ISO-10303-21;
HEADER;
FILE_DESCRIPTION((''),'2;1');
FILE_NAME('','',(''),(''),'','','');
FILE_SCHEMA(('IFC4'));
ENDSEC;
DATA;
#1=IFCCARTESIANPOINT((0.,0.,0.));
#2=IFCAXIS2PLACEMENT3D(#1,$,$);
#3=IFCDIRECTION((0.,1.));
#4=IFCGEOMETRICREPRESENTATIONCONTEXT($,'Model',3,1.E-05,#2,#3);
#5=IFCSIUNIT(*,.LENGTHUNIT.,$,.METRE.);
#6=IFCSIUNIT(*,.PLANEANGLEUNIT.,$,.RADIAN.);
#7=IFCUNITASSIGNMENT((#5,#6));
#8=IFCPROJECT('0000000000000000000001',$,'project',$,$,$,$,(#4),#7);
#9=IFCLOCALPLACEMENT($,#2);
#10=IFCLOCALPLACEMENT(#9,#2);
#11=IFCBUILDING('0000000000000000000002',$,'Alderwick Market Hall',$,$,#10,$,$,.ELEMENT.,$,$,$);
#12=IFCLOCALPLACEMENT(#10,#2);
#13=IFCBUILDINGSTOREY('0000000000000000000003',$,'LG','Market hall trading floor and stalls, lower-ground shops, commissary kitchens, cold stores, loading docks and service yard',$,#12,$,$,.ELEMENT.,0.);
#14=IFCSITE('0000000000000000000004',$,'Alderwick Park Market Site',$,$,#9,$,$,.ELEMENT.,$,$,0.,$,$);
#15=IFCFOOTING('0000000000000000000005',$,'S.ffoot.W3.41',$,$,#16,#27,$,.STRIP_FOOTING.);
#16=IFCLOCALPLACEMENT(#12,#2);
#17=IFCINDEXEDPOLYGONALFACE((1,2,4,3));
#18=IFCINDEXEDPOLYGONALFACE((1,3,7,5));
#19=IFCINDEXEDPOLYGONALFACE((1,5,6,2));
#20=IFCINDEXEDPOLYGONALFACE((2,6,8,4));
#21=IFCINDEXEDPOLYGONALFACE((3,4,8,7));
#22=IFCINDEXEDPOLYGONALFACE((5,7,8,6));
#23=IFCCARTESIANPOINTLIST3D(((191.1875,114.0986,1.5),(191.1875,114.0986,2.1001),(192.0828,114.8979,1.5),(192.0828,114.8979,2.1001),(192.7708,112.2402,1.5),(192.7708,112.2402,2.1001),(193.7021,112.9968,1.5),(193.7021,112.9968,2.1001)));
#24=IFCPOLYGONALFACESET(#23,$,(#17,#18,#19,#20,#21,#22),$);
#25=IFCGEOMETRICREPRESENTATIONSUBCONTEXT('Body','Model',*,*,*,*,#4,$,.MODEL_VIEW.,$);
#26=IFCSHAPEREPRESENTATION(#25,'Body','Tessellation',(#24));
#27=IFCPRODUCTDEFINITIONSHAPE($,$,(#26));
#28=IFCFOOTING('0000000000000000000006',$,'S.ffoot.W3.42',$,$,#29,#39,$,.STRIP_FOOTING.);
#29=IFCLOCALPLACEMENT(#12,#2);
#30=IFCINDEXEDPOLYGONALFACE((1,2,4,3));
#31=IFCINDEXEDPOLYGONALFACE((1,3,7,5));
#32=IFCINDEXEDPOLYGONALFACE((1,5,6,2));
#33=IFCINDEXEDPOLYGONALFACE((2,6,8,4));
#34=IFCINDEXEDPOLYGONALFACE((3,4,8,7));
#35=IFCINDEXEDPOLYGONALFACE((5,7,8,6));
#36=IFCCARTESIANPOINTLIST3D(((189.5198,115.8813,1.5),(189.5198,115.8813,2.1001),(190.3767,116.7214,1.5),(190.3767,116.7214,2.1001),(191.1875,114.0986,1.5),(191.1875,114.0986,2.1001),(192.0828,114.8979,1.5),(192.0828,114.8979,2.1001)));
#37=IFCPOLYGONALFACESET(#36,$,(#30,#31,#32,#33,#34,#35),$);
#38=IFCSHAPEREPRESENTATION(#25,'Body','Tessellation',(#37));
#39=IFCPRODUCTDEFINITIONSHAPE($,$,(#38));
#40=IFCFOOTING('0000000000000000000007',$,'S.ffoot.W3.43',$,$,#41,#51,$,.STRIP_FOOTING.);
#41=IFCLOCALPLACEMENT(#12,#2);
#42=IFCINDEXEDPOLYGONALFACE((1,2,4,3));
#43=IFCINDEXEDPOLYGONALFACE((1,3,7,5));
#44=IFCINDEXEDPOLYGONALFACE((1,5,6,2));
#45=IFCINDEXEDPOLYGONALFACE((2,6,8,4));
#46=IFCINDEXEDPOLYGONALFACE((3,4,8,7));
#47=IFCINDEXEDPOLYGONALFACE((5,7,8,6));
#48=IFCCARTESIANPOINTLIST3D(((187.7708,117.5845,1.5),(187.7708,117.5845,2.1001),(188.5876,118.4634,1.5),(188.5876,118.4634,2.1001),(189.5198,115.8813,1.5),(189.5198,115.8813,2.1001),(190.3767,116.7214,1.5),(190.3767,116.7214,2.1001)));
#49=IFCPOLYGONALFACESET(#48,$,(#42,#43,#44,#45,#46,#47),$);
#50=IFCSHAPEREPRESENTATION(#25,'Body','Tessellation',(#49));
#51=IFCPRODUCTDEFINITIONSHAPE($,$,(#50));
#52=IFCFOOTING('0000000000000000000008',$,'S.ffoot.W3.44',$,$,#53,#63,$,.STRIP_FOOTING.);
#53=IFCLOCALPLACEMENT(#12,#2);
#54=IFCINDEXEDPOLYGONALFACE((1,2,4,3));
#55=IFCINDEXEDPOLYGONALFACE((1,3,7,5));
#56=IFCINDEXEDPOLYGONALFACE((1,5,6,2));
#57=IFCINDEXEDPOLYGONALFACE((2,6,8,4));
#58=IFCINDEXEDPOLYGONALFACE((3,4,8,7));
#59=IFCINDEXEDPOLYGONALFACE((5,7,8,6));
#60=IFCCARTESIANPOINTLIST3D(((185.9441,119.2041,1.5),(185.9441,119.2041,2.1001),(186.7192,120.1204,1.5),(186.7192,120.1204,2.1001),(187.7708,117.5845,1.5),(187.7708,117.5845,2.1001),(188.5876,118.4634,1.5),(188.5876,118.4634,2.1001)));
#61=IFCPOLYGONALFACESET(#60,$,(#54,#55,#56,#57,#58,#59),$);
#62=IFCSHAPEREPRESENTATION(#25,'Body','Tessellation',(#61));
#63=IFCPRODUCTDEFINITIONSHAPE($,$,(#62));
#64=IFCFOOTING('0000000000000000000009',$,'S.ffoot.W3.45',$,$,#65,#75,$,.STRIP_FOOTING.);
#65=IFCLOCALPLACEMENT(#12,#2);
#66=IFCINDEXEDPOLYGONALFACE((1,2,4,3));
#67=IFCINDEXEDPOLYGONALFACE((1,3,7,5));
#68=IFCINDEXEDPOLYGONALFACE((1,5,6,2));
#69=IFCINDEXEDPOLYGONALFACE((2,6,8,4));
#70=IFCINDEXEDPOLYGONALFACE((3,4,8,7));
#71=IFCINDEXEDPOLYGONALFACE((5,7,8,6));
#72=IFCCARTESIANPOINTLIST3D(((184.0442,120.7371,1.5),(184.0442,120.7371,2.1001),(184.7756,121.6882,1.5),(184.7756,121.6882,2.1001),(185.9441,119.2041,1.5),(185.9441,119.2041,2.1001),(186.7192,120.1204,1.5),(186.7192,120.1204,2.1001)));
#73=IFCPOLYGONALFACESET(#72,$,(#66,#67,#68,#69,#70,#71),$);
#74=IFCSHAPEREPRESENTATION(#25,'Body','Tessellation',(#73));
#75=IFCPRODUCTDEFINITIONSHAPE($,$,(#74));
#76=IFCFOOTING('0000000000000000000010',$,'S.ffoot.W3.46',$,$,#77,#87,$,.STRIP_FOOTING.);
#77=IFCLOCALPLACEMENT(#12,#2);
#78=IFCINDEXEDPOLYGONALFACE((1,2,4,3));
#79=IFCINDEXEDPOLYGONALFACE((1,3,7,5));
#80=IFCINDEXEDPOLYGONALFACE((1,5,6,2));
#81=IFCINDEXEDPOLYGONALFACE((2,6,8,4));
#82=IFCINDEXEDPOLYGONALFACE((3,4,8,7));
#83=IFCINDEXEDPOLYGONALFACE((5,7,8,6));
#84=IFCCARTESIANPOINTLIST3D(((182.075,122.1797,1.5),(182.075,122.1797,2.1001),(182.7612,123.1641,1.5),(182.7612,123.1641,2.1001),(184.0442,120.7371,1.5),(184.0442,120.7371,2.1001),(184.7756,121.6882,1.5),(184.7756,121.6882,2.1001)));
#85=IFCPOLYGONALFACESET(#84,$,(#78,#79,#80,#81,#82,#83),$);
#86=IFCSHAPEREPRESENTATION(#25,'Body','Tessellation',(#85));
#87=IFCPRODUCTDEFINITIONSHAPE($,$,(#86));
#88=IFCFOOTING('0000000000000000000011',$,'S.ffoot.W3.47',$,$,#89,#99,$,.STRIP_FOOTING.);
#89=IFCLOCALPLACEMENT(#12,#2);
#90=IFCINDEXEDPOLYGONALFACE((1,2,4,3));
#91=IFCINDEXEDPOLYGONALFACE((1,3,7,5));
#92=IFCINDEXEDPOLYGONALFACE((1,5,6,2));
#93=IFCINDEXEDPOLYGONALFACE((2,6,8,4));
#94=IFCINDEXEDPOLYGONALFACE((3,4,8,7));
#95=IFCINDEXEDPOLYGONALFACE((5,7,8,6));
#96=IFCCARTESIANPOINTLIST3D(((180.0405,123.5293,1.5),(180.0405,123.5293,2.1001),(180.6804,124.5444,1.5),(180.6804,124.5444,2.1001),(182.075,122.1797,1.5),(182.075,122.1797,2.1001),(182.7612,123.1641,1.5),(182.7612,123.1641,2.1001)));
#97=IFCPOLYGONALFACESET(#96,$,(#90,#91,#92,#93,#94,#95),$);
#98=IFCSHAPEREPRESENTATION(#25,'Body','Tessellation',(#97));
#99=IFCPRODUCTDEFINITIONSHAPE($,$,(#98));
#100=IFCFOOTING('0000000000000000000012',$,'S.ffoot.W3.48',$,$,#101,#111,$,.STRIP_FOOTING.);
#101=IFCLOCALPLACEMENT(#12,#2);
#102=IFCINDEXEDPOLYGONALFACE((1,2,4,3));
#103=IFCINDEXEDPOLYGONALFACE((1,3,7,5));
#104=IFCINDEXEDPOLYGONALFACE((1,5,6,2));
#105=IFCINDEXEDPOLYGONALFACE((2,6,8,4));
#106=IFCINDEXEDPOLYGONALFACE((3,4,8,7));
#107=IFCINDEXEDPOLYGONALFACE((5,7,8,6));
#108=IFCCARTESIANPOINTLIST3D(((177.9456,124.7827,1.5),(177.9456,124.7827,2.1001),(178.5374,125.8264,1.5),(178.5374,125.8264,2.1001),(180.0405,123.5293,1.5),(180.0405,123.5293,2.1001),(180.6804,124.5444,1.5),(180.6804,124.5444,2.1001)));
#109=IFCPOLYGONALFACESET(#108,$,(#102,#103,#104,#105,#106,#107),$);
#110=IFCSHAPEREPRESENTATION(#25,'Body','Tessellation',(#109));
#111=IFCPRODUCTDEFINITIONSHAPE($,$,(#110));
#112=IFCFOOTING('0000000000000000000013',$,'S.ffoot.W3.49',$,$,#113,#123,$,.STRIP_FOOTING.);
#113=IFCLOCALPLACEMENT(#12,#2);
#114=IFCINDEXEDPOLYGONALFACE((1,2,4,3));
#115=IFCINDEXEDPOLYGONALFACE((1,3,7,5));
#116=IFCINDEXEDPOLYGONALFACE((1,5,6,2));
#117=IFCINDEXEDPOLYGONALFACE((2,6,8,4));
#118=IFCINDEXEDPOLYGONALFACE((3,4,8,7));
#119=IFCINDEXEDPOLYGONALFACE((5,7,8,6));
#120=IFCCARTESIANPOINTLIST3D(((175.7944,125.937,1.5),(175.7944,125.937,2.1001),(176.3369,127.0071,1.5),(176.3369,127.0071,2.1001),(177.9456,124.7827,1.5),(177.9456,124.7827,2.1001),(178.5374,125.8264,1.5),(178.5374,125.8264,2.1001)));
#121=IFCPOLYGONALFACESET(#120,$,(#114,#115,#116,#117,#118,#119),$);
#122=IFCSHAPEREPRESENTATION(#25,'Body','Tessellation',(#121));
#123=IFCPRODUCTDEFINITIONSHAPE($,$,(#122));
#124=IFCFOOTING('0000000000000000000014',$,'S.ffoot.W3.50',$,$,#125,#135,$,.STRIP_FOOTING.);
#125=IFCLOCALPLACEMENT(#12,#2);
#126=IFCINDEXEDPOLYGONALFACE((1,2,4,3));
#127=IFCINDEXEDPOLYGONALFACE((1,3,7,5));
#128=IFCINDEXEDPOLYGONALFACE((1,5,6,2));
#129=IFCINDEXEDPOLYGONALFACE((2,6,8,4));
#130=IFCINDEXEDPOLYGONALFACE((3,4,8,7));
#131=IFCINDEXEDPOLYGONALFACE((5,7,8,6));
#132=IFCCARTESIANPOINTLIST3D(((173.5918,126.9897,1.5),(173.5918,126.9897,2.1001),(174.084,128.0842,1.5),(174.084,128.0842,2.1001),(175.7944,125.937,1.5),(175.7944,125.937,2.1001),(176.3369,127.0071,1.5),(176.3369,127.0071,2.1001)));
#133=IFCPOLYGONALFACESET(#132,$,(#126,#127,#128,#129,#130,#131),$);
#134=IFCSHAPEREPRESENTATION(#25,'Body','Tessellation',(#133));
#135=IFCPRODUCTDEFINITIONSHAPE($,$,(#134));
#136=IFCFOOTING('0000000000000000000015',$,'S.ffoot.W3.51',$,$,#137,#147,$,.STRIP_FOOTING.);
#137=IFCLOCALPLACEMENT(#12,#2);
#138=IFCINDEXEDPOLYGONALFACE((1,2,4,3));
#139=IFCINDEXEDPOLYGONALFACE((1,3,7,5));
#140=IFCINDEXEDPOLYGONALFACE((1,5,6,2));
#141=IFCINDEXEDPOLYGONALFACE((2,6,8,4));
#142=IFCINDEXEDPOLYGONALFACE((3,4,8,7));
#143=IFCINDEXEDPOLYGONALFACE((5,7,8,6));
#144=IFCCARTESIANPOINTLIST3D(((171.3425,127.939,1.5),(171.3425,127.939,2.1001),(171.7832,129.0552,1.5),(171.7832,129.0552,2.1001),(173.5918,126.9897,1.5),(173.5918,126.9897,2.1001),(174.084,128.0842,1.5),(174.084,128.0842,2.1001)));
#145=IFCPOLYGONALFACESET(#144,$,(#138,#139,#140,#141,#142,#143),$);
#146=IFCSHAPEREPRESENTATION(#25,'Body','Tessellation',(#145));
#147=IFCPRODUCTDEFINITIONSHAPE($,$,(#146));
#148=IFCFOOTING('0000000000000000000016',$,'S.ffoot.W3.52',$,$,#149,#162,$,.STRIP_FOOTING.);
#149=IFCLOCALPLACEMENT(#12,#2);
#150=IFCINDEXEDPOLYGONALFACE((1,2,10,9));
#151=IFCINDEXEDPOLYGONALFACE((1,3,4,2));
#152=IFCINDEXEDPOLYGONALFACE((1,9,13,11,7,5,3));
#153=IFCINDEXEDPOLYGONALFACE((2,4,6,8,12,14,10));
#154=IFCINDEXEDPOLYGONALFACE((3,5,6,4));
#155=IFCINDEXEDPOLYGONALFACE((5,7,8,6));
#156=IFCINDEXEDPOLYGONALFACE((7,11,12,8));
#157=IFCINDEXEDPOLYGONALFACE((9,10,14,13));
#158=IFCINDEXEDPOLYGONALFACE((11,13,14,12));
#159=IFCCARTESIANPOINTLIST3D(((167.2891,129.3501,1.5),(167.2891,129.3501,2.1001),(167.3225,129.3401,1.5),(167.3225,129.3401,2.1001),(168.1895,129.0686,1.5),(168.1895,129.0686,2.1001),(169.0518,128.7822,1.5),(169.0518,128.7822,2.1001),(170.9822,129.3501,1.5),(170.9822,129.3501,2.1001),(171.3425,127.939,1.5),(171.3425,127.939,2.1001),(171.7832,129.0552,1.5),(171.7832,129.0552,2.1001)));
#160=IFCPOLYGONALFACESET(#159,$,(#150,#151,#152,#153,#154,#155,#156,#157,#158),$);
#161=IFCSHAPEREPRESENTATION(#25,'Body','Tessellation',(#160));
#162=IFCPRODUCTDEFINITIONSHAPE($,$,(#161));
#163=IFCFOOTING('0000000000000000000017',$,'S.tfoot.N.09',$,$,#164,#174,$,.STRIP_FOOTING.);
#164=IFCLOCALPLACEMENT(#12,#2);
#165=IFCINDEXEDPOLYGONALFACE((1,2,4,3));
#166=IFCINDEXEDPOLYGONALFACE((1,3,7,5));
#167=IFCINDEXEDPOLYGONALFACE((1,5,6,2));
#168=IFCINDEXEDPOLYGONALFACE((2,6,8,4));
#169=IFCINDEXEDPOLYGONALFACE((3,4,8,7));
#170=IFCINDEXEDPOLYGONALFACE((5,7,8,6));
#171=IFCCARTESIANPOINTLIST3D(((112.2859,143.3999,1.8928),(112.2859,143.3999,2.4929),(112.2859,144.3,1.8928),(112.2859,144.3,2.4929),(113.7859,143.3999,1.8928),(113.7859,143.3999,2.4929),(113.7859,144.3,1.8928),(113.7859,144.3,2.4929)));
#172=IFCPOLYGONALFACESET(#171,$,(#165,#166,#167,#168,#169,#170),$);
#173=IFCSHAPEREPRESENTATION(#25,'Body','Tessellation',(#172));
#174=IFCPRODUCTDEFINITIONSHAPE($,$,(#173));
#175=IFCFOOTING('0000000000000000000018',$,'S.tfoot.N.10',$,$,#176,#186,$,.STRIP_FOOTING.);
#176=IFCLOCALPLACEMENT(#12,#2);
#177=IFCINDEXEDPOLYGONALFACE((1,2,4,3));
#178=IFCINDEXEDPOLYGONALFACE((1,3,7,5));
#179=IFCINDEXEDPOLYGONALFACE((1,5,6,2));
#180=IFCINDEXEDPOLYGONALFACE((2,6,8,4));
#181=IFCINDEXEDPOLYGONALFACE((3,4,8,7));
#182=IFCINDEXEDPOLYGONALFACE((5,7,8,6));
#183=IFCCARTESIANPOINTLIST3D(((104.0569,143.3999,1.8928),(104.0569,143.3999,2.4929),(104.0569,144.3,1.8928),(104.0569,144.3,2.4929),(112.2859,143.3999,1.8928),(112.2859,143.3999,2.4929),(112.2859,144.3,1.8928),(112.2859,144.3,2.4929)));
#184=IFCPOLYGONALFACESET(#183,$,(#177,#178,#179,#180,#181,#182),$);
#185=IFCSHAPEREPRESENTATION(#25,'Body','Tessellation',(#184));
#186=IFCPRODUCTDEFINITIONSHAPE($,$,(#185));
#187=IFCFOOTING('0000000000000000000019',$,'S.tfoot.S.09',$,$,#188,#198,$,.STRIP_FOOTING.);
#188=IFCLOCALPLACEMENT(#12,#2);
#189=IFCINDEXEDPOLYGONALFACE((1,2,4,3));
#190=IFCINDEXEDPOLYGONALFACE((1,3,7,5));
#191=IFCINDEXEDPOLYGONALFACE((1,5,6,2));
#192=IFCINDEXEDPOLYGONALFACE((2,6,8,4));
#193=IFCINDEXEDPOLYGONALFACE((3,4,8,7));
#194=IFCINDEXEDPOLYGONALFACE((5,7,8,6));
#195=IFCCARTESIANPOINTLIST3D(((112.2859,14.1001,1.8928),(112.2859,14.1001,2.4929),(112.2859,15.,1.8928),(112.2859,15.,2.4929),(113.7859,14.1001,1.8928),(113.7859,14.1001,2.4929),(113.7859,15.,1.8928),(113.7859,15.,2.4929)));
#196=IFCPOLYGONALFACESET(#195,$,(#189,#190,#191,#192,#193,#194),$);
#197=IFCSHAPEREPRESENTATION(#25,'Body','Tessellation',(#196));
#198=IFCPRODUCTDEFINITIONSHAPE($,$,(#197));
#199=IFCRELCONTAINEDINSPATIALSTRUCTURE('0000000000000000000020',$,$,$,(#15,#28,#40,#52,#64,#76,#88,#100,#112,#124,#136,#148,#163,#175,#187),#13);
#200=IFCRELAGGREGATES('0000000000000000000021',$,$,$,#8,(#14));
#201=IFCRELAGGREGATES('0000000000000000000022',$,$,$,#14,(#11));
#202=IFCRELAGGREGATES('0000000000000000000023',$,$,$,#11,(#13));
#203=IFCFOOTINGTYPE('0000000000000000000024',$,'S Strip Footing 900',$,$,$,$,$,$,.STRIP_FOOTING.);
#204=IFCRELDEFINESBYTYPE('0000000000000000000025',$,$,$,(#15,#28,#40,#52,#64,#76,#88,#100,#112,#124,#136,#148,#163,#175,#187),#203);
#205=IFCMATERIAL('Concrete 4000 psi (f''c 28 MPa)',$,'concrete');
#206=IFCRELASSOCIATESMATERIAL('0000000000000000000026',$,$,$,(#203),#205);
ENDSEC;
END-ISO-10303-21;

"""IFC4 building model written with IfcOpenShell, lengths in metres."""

from ifc_helpers import new_model, si_unit, direction, frame, origin, place, context, subcontext, project, spatial, polyline, outline, extrude, material, type_object, element, save


model = new_model("IFC4")

# Units and contexts
model_context = context("Model", 3, precision=1e-05, world=origin(), true_north=direction((0.0, 1.0)))
body_context = subcontext(model_context, "Body", "Model", "MODEL_VIEW")
ifc_project = project(units=[si_unit("LENGTHUNIT", "METRE"), si_unit("PLANEANGLEUNIT", "RADIAN")], contexts=[model_context])

# Site, building, storey
site_placement = place(None, origin())
site = spatial("IfcSite", under=ifc_project, at=site_placement, Name="Alderwick Park Market Site", CompositionType="ELEMENT", RefElevation=0.0)
building_placement = place(site_placement, origin())
building = spatial("IfcBuilding", under=site, at=building_placement, Name="Alderwick Market Hall", CompositionType="ELEMENT")
storey_placement = place(building_placement, origin())
storey = spatial("IfcBuildingStorey", under=building, at=storey_placement, Name="LG", Description="Market hall trading floor and stalls, lower-ground shops, commissary kitchens, cold stores, loading docks and service yard", CompositionType="ELEMENT", Elevation=0.0)

# Footings
ifc_material_1 = material(Name="Concrete 4000 psi (f'c 28 MPa)", Category="concrete")
footing_type = type_object("IfcFootingType", Name="S Strip Footing 900", PredefinedType="STRIP_FOOTING", material=ifc_material_1)
footing_1_placement = place(storey_placement, frame((0.0, 0.0, 1.5)))
element("IfcFooting", 1, at=footing_1_placement, inside=storey, type_object=footing_type, Name="S.ffoot.W3.41", PredefinedType="STRIP_FOOTING", context=body_context, shape_type="SweptSolid", body=[
    extrude(outline(polyline([(193.7021, 112.9968), (192.0828, 114.8979), (191.1875, 114.0986), (192.7708, 112.2402), (193.7021, 112.9968)])), origin(), (0.0, 0.0, 1.0), 0.6001),
])
footing_2_placement = place(storey_placement, frame((0.0, 0.0, 1.5)))
element("IfcFooting", 2, at=footing_2_placement, inside=storey, type_object=footing_type, Name="S.ffoot.W3.42", PredefinedType="STRIP_FOOTING", context=body_context, shape_type="SweptSolid", body=[
    extrude(outline(polyline([(192.0828, 114.8979), (190.3767, 116.7214), (189.5198, 115.8813), (191.1875, 114.0986), (192.0828, 114.8979)])), origin(), (0.0, 0.0, 1.0), 0.6001),
])
footing_3_placement = place(storey_placement, frame((0.0, 0.0, 1.5)))
element("IfcFooting", 3, at=footing_3_placement, inside=storey, type_object=footing_type, Name="S.ffoot.W3.43", PredefinedType="STRIP_FOOTING", context=body_context, shape_type="SweptSolid", body=[
    extrude(outline(polyline([(190.3767, 116.7214), (188.5876, 118.4634), (187.7708, 117.5845), (189.5198, 115.8813), (190.3767, 116.7214)])), origin(), (0.0, 0.0, 1.0), 0.6001),
])
footing_4_placement = place(storey_placement, frame((0.0, 0.0, 1.5)))
element("IfcFooting", 4, at=footing_4_placement, inside=storey, type_object=footing_type, Name="S.ffoot.W3.44", PredefinedType="STRIP_FOOTING", context=body_context, shape_type="SweptSolid", body=[
    extrude(outline(polyline([(188.5876, 118.4634), (186.7192, 120.1204), (185.9441, 119.2041), (187.7708, 117.5845), (188.5876, 118.4634)])), origin(), (0.0, 0.0, 1.0), 0.6001),
])
footing_5_placement = place(storey_placement, frame((0.0, 0.0, 1.5)))
element("IfcFooting", 5, at=footing_5_placement, inside=storey, type_object=footing_type, Name="S.ffoot.W3.45", PredefinedType="STRIP_FOOTING", context=body_context, shape_type="SweptSolid", body=[
    extrude(outline(polyline([(186.7192, 120.1204), (184.7756, 121.6882), (184.0442, 120.7371), (185.9441, 119.2041), (186.7192, 120.1204)])), origin(), (0.0, 0.0, 1.0), 0.6001),
])
footing_6_placement = place(storey_placement, frame((0.0, 0.0, 1.5)))
element("IfcFooting", 6, at=footing_6_placement, inside=storey, type_object=footing_type, Name="S.ffoot.W3.46", PredefinedType="STRIP_FOOTING", context=body_context, shape_type="SweptSolid", body=[
    extrude(outline(polyline([(184.7756, 121.6882), (182.7612, 123.1641), (182.075, 122.1797), (184.0442, 120.7371), (184.7756, 121.6882)])), origin(), (0.0, 0.0, 1.0), 0.6001),
])
footing_7_placement = place(storey_placement, frame((0.0, 0.0, 1.5)))
element("IfcFooting", 7, at=footing_7_placement, inside=storey, type_object=footing_type, Name="S.ffoot.W3.47", PredefinedType="STRIP_FOOTING", context=body_context, shape_type="SweptSolid", body=[
    extrude(outline(polyline([(182.7612, 123.1641), (180.6804, 124.5444), (180.0405, 123.5293), (182.075, 122.1797), (182.7612, 123.1641)])), origin(), (0.0, 0.0, 1.0), 0.6001),
])
footing_8_placement = place(storey_placement, frame((0.0, 0.0, 1.5)))
element("IfcFooting", 8, at=footing_8_placement, inside=storey, type_object=footing_type, Name="S.ffoot.W3.48", PredefinedType="STRIP_FOOTING", context=body_context, shape_type="SweptSolid", body=[
    extrude(outline(polyline([(180.6804, 124.5444), (178.5374, 125.8264), (177.9456, 124.7827), (180.0405, 123.5293), (180.6804, 124.5444)])), origin(), (0.0, 0.0, 1.0), 0.6001),
])
footing_9_placement = place(storey_placement, frame((0.0, 0.0, 1.5)))
element("IfcFooting", 9, at=footing_9_placement, inside=storey, type_object=footing_type, Name="S.ffoot.W3.49", PredefinedType="STRIP_FOOTING", context=body_context, shape_type="SweptSolid", body=[
    extrude(outline(polyline([(178.5374, 125.8264), (176.3369, 127.0071), (175.7944, 125.937), (177.9456, 124.7827), (178.5374, 125.8264)])), origin(), (0.0, 0.0, 1.0), 0.6001),
])
footing_10_placement = place(storey_placement, frame((0.0, 0.0, 1.5)))
element("IfcFooting", 10, at=footing_10_placement, inside=storey, type_object=footing_type, Name="S.ffoot.W3.50", PredefinedType="STRIP_FOOTING", context=body_context, shape_type="SweptSolid", body=[
    extrude(outline(polyline([(176.3369, 127.0071), (174.084, 128.0842), (173.5918, 126.9897), (175.7944, 125.937), (176.3369, 127.0071)])), origin(), (0.0, 0.0, 1.0), 0.6001),
])
footing_11_placement = place(storey_placement, frame((0.0, 0.0, 1.5)))
element("IfcFooting", 11, at=footing_11_placement, inside=storey, type_object=footing_type, Name="S.ffoot.W3.51", PredefinedType="STRIP_FOOTING", context=body_context, shape_type="SweptSolid", body=[
    extrude(outline(polyline([(174.084, 128.0842), (171.7832, 129.0552), (171.3425, 127.939), (173.5918, 126.9897), (174.084, 128.0842)])), origin(), (0.0, 0.0, 1.0), 0.6001),
])
footing_12_placement = place(storey_placement, frame((0.0, 0.0, 1.5)))
element("IfcFooting", 12, at=footing_12_placement, inside=storey, type_object=footing_type, Name="S.ffoot.W3.52", PredefinedType="STRIP_FOOTING", context=body_context, shape_type="SweptSolid", body=[
    extrude(outline(polyline([(171.7832, 129.0552), (170.9822, 129.3501), (167.2891, 129.3501), (167.3225, 129.3401), (168.1895, 129.0686), (169.0518, 128.7822), (171.3425, 127.939), (171.7832, 129.0552)])), origin(), (0.0, 0.0, 1.0), 0.6001),
])
footing_13_placement = place(storey_placement, frame((0.0, 0.0, 1.8928)))
element("IfcFooting", 13, at=footing_13_placement, inside=storey, type_object=footing_type, Name="S.tfoot.N.09", PredefinedType="STRIP_FOOTING", context=body_context, shape_type="SweptSolid", body=[
    extrude(outline(polyline([(113.7859, 143.3999), (113.7859, 144.3), (112.2859, 144.3), (112.2859, 143.3999), (113.7859, 143.3999)])), origin(), (0.0, 0.0, 1.0), 0.6001),
])
footing_14_placement = place(storey_placement, frame((0.0, 0.0, 1.8928)))
element("IfcFooting", 14, at=footing_14_placement, inside=storey, type_object=footing_type, Name="S.tfoot.N.10", PredefinedType="STRIP_FOOTING", context=body_context, shape_type="SweptSolid", body=[
    extrude(outline(polyline([(112.2859, 143.3999), (112.2859, 144.3), (104.0569, 144.3), (104.0569, 143.3999), (112.2859, 143.3999)])), origin(), (0.0, 0.0, 1.0), 0.6001),
])
footing_15_placement = place(storey_placement, frame((0.0, 0.0, 1.8928)))
element("IfcFooting", 15, at=footing_15_placement, inside=storey, type_object=footing_type, Name="S.tfoot.S.09", PredefinedType="STRIP_FOOTING", context=body_context, shape_type="SweptSolid", body=[
    extrude(outline(polyline([(113.7859, 14.1001), (113.7859, 15.0), (112.2859, 15.0), (112.2859, 14.1001), (113.7859, 14.1001)])), origin(), (0.0, 0.0, 1.0), 0.6001),
])

save(model, "model.ifc")
